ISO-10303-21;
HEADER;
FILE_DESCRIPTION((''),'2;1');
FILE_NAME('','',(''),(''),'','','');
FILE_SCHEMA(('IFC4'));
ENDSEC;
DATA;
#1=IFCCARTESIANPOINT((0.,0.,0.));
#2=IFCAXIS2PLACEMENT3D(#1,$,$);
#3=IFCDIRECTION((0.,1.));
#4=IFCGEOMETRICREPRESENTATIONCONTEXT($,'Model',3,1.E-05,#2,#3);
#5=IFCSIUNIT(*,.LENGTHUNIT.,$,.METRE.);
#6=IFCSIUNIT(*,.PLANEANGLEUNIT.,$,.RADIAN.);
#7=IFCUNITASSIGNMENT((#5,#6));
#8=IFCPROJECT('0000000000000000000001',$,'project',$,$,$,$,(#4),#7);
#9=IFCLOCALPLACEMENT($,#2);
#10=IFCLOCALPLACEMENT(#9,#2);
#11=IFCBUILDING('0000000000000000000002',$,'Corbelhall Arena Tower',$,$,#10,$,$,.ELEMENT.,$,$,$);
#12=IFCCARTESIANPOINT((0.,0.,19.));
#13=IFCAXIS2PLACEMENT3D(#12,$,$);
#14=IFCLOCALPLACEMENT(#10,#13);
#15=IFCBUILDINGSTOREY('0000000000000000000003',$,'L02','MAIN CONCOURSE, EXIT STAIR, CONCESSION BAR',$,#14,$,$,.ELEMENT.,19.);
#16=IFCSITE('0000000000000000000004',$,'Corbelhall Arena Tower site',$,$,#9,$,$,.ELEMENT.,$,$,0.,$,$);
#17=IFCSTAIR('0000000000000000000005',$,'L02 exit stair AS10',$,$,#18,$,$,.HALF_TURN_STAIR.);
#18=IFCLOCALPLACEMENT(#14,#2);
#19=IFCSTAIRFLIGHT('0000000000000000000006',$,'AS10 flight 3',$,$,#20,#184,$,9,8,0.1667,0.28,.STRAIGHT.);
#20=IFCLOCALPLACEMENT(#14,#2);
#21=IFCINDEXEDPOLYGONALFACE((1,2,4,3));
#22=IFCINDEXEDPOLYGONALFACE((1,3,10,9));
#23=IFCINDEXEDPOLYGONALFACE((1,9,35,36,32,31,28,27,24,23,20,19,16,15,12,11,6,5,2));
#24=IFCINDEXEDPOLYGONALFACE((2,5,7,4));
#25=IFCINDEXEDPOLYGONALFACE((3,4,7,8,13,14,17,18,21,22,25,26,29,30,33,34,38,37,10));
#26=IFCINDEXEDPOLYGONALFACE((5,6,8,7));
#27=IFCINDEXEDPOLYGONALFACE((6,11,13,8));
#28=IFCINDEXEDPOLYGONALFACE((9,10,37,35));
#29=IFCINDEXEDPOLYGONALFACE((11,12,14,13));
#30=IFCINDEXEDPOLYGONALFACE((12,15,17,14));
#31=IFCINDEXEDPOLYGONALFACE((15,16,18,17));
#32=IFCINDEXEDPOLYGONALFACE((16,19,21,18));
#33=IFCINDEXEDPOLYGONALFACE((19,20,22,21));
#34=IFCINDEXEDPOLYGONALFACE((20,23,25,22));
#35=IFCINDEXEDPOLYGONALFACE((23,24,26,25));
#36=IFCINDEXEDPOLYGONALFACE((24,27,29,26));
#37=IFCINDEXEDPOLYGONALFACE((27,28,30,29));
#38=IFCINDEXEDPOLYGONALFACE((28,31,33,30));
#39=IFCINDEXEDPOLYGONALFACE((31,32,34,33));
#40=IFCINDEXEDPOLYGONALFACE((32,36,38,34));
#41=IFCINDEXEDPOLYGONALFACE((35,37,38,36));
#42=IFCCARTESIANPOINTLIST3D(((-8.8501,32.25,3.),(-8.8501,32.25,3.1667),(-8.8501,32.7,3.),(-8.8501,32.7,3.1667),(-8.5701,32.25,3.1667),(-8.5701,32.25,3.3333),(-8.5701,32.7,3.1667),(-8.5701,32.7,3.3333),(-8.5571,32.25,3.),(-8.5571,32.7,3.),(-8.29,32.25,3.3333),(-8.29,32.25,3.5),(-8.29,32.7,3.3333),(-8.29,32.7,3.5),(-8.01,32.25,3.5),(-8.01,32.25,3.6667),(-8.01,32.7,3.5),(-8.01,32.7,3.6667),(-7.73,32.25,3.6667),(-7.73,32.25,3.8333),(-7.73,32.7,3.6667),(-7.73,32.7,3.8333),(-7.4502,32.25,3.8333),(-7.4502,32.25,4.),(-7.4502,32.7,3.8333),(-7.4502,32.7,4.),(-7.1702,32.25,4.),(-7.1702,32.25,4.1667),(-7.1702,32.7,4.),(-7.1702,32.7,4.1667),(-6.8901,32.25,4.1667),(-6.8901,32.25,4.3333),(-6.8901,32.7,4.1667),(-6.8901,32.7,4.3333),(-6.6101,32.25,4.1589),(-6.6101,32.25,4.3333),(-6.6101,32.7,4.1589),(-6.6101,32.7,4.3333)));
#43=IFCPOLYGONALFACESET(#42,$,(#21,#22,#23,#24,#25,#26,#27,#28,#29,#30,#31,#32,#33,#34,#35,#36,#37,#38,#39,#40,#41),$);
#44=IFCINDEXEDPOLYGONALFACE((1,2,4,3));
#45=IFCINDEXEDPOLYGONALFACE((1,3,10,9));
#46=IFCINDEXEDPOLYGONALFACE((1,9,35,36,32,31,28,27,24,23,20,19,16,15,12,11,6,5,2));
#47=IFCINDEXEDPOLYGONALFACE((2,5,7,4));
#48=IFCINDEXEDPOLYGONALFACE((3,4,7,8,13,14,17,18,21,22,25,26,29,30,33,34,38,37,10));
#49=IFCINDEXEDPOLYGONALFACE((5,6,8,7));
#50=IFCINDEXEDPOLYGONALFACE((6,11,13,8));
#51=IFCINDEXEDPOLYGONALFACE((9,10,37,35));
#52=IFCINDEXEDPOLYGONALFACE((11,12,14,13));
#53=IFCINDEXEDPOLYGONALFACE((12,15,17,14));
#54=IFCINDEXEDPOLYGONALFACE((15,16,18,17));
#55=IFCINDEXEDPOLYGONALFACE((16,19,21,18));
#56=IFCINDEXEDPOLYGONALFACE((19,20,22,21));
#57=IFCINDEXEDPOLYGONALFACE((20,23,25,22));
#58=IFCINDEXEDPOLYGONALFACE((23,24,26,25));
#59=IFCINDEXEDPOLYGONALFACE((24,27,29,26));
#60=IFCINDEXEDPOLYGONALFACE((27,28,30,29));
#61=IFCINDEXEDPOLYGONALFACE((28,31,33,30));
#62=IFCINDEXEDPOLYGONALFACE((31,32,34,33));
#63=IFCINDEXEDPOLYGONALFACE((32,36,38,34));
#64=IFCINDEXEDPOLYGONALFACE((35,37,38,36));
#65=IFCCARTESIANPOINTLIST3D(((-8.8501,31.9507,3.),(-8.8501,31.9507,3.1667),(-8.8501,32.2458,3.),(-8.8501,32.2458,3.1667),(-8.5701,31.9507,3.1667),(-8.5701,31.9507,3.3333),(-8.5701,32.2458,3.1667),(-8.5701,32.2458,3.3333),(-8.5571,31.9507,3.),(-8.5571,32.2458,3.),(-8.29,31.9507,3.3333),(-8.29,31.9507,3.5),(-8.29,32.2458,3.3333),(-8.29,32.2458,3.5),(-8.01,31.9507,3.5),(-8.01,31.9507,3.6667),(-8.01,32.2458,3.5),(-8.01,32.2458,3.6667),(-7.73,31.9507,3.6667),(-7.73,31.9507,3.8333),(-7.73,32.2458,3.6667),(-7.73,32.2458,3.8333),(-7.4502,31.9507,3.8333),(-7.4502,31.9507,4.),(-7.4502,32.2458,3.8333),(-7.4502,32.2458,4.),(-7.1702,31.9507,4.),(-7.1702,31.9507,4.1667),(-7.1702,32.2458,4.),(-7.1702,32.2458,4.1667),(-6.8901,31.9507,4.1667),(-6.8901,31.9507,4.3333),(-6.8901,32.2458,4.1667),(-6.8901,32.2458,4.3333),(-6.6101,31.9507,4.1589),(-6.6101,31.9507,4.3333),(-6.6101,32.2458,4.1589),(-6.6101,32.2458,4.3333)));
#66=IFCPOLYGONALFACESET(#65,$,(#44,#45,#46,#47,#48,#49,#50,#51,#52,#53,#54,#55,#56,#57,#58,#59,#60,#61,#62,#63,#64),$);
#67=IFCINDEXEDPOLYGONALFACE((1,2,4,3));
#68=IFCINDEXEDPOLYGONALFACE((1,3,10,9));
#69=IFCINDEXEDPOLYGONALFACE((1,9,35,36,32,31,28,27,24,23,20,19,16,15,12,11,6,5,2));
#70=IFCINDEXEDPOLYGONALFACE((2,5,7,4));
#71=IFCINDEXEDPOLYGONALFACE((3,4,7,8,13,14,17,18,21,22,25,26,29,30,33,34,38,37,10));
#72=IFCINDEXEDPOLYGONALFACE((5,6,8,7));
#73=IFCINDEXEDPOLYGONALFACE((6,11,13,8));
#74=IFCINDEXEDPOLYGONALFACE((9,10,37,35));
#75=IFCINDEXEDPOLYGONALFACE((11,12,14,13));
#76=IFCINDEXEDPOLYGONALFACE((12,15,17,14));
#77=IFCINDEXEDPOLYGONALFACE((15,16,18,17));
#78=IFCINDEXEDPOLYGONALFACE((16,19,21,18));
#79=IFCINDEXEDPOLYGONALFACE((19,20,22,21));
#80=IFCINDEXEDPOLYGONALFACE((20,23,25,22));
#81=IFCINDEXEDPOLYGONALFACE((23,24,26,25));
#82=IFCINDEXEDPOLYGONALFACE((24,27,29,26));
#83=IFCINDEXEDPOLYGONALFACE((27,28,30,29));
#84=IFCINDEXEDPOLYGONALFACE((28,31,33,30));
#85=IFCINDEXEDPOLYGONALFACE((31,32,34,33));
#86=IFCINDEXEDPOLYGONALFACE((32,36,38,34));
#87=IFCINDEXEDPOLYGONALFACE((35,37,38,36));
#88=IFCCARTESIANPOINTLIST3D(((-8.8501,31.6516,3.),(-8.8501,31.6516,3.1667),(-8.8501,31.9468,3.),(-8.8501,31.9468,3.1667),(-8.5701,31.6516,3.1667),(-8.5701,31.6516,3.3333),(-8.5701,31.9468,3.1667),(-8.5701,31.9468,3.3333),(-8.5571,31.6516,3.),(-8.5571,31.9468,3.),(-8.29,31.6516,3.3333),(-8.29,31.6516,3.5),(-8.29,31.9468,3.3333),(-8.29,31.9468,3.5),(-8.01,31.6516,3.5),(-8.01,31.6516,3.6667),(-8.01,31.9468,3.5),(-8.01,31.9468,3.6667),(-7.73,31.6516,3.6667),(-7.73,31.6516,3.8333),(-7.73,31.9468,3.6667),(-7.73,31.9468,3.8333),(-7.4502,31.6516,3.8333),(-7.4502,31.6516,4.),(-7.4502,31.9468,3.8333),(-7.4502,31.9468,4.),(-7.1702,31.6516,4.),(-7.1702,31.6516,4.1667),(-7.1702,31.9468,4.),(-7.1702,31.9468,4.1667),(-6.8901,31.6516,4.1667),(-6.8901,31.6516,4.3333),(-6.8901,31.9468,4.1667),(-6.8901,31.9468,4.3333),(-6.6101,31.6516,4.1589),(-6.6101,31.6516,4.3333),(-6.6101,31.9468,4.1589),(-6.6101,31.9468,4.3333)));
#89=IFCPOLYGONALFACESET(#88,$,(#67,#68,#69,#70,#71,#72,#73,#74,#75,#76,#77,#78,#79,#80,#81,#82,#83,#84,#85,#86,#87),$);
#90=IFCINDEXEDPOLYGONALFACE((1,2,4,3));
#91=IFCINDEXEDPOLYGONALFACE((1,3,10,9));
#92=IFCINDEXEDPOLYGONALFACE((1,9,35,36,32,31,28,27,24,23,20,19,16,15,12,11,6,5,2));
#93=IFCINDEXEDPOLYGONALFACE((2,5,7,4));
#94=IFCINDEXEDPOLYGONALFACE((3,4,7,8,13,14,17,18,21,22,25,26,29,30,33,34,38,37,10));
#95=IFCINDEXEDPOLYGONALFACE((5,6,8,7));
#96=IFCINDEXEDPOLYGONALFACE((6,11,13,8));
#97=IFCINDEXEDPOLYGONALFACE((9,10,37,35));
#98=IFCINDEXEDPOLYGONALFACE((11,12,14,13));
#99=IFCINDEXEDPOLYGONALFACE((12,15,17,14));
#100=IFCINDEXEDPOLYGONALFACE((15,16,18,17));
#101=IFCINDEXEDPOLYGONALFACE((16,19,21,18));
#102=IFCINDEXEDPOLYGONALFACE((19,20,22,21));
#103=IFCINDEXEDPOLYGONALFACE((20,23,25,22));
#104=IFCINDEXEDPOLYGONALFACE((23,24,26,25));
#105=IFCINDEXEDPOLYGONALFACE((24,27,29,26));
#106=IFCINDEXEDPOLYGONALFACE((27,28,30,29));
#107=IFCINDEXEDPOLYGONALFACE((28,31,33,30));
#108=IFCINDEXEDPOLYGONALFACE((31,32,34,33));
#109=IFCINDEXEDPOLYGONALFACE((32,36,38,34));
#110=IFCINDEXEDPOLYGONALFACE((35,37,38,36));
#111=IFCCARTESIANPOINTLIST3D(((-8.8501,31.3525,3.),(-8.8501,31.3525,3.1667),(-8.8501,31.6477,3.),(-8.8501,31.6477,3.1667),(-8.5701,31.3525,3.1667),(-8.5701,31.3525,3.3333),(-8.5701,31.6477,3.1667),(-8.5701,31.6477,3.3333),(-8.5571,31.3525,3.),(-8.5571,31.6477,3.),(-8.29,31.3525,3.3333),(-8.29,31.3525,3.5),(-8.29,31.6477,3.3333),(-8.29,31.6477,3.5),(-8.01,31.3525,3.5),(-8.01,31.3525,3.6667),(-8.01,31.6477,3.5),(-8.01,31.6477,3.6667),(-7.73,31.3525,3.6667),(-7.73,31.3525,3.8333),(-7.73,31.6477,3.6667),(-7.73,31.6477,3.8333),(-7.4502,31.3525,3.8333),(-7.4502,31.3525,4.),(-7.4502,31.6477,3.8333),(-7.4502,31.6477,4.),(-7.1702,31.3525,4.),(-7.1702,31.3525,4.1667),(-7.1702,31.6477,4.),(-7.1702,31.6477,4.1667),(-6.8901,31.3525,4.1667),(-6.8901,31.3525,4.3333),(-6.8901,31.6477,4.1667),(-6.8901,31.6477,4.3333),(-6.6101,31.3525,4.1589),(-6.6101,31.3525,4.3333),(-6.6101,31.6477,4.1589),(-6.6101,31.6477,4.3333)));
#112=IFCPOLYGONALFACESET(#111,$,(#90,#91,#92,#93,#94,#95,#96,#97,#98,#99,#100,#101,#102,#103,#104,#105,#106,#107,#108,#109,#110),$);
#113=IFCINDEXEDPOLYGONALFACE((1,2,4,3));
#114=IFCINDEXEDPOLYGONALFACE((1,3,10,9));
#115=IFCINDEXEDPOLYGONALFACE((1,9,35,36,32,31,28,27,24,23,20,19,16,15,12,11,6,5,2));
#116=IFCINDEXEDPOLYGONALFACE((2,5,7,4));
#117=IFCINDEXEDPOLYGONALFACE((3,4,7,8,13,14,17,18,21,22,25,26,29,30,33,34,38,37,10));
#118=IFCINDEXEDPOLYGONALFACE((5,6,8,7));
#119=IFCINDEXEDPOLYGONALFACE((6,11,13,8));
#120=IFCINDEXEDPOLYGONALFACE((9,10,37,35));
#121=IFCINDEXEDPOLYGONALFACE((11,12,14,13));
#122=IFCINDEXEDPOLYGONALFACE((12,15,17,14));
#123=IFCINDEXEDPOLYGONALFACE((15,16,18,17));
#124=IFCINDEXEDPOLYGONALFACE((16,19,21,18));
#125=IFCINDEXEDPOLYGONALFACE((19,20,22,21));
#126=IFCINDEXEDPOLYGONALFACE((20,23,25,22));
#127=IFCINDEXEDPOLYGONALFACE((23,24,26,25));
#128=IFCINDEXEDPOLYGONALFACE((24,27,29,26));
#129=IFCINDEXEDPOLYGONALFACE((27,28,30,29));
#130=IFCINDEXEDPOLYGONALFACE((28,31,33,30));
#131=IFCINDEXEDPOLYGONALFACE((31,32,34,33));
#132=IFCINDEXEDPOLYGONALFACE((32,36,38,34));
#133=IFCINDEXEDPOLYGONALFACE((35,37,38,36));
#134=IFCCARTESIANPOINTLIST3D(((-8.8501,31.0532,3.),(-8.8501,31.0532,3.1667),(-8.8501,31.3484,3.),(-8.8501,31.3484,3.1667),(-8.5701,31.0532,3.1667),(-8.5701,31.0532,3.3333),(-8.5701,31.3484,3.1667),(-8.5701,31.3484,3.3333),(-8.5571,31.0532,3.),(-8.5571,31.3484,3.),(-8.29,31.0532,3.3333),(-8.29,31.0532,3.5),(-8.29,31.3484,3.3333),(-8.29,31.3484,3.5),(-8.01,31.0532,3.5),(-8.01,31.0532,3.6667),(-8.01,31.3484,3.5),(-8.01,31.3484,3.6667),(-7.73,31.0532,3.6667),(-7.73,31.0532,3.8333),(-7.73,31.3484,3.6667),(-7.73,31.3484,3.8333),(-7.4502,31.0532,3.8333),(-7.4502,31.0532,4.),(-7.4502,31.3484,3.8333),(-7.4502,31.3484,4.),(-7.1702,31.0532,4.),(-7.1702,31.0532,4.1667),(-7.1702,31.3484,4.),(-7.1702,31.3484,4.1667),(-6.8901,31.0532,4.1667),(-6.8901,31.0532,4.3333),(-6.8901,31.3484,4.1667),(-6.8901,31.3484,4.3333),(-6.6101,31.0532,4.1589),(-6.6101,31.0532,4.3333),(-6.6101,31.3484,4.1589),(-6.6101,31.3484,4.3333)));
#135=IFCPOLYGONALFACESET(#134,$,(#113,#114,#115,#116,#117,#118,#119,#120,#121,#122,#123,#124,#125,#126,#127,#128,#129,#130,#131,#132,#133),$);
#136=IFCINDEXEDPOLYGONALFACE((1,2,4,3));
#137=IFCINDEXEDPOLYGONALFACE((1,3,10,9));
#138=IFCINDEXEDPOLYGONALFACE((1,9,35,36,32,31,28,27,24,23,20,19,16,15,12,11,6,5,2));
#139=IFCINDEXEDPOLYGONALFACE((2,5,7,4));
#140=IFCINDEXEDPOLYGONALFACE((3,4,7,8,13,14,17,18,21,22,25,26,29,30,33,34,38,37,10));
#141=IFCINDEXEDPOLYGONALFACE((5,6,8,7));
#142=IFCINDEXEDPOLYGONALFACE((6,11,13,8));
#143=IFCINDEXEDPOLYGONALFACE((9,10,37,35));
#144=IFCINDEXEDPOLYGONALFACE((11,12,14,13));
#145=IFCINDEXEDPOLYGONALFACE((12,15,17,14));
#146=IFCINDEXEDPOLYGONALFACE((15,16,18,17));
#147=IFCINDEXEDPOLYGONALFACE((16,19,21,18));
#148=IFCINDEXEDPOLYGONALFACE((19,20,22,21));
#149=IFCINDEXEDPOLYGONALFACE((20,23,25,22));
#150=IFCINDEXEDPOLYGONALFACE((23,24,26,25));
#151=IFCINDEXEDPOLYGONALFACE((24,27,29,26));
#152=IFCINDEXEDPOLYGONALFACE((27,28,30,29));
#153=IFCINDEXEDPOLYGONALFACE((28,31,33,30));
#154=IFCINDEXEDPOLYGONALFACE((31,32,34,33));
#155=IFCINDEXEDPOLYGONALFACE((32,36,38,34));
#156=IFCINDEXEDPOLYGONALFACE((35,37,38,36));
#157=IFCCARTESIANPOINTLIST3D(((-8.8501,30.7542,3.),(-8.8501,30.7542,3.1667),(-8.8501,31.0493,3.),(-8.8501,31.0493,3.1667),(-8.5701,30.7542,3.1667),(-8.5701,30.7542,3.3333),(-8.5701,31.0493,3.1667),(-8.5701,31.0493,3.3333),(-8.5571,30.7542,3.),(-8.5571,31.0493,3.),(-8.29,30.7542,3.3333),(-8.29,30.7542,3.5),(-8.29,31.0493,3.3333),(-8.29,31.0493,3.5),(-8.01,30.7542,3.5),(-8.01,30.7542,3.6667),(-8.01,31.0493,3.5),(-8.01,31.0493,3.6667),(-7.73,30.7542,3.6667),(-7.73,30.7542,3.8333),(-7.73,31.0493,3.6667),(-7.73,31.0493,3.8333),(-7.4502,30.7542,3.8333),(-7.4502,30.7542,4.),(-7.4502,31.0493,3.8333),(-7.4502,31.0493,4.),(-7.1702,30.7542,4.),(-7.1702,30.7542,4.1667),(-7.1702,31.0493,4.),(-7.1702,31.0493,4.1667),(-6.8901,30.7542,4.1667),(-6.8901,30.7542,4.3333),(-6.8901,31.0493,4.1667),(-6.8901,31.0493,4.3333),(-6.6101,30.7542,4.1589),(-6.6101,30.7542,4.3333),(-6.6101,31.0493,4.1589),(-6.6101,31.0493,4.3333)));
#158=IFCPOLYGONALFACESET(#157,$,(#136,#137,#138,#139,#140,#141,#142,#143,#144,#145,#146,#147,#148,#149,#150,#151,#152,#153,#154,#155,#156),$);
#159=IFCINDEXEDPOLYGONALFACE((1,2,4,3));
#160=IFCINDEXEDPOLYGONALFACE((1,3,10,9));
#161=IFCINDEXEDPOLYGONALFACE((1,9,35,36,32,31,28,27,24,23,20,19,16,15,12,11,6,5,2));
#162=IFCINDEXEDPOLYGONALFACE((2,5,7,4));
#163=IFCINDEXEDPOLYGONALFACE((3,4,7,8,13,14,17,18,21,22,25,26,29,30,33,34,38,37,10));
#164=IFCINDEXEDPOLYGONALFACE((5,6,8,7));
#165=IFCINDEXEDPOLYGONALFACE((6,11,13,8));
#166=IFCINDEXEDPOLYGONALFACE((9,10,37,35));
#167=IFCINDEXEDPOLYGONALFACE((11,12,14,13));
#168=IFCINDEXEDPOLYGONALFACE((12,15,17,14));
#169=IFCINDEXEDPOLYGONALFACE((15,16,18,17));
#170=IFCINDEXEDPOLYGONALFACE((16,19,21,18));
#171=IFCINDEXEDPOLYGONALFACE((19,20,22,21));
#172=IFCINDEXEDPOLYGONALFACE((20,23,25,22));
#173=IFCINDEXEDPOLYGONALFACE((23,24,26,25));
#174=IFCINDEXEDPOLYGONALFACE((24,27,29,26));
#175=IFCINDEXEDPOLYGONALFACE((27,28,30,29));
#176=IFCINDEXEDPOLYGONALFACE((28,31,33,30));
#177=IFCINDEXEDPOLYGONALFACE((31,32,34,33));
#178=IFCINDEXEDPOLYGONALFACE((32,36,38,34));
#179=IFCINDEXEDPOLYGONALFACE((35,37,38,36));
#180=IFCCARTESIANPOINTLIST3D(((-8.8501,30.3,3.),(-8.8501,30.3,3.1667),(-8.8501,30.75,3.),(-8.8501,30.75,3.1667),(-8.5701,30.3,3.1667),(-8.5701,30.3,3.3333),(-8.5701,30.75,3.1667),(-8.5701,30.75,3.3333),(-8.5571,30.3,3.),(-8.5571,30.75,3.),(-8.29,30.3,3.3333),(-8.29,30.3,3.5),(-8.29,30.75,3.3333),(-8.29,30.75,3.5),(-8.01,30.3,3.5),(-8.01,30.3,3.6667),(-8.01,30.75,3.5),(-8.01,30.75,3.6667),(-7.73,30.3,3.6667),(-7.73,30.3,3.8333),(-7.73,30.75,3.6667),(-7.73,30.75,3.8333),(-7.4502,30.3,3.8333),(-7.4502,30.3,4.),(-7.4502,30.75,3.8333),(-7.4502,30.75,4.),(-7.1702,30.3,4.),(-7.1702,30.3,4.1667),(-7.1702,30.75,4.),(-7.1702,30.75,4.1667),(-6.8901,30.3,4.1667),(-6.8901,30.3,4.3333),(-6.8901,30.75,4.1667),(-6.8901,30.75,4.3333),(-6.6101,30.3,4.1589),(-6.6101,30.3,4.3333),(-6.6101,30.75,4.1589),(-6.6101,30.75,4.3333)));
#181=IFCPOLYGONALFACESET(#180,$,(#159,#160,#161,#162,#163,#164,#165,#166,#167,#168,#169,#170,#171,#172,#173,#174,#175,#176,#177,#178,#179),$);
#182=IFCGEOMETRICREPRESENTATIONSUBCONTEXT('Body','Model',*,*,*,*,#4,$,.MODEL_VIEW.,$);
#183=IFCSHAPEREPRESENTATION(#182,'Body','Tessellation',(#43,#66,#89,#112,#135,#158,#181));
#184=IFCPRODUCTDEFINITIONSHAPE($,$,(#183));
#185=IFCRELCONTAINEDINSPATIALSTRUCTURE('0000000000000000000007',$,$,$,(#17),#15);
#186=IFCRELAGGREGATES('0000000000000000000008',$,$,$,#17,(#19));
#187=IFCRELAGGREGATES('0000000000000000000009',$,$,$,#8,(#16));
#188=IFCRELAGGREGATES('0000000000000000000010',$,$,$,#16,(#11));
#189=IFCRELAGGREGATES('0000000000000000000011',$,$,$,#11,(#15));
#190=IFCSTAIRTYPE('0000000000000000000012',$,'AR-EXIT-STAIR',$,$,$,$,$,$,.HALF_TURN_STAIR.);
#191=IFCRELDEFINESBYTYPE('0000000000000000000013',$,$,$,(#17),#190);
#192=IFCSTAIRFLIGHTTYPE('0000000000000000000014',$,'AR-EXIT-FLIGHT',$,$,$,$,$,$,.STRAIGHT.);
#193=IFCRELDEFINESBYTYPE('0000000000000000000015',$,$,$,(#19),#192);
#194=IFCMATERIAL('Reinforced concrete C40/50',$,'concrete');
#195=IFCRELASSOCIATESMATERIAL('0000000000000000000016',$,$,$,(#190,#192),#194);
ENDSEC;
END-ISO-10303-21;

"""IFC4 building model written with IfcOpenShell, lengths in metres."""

from ifc_helpers import new_model, si_unit, direction, frame, origin, place, context, subcontext, project, spatial, polyline, outline, extrude, material, type_object, element, aggregate, save


model = new_model("IFC4")

# Units and contexts
model_context = context("Model", 3, precision=1e-05, world=origin(), true_north=direction((0.0, 1.0)))
body_context = subcontext(model_context, "Body", "Model", "MODEL_VIEW")
ifc_project = project(units=[si_unit("LENGTHUNIT", "METRE"), si_unit("PLANEANGLEUNIT", "RADIAN")], contexts=[model_context])

# Site, building, storey
site_placement = place(None, origin())
site = spatial("IfcSite", under=ifc_project, at=site_placement, Name="Corbelhall Arena Tower site", CompositionType="ELEMENT", RefElevation=0.0)
building_placement = place(site_placement, origin())
building = spatial("IfcBuilding", under=site, at=building_placement, Name="Corbelhall Arena Tower", CompositionType="ELEMENT")
storey_placement = place(building_placement, frame((0.0, 0.0, 19.0)))
storey = spatial("IfcBuildingStorey", under=building, at=storey_placement, Name="L02", Description="MAIN CONCOURSE, EXIT STAIR, CONCESSION BAR", CompositionType="ELEMENT", Elevation=19.0)

# Shared definitions
ifc_material_1 = material(Name="Reinforced concrete C40/50", Category="concrete")

# Stair, stair flight
stair_type = type_object("IfcStairType", Name="AR-EXIT-STAIR", PredefinedType="HALF_TURN_STAIR", material=ifc_material_1)
stair_flight_type = type_object("IfcStairFlightType", Name="AR-EXIT-FLIGHT", PredefinedType="STRAIGHT", material=ifc_material_1)
stair_1_placement = place(storey_placement, origin())
stair_1 = element("IfcStair", 1, at=stair_1_placement, inside=storey, type_object=stair_type, Name="L02 exit stair AS10", PredefinedType="HALF_TURN_STAIR")
stair_flight_1_placement = place(storey_placement, frame((-8.8501, 31.5, 3.0), z_axis=(0.0, 0.0, 1.0), x_axis=(1.0, 0.0, 0.0)))
stair_flight_1 = element("IfcStairFlight", 2, at=stair_flight_1_placement, type_object=stair_flight_type, Name="AS10 flight 3", NumberOfRisers=9, NumberOfTreads=8, PredefinedType="STRAIGHT", RiserHeight=0.1667, TreadLength=0.28, context=body_context, shape_type="SweptSolid", body=[
    extrude(outline(polyline([(0.0, 0.0), (0.0, 0.1667), (0.28, 0.1667), (0.28, 0.3333), (0.5601, 0.3333), (0.5601, 0.5), (0.8401, 0.5), (0.8401, 0.6667), (1.1201, 0.6667), (1.1201, 0.8333), (1.3999, 0.8333), (1.3999, 1.0), (1.6799, 1.0), (1.6799, 1.1667), (1.96, 1.1667), (1.96, 1.3333), (2.24, 1.3333), (2.24, 1.5), (2.24, 1.1589), (0.293, 0.0), (0.0, 0.0)])), frame((0.0, 1.2, 0.0), z_axis=(0.0, -1.0, 0.0), x_axis=(1.0, 0.0, 0.0)), (0.0, 0.0, 1.0), 0.45),
    extrude(outline(polyline([(0.0, 0.0), (0.0, 0.1667), (0.28, 0.1667), (0.28, 0.3333), (0.5601, 0.3333), (0.5601, 0.5), (0.8401, 0.5), (0.8401, 0.6667), (1.1201, 0.6667), (1.1201, 0.8333), (1.3999, 0.8333), (1.3999, 1.0), (1.6799, 1.0), (1.6799, 1.1667), (1.96, 1.1667), (1.96, 1.3333), (2.24, 1.3333), (2.24, 1.5), (2.24, 1.1589), (0.293, 0.0), (0.0, 0.0)])), frame((0.0, 0.7458, 0.0), z_axis=(0.0, -1.0, 0.0), x_axis=(1.0, 0.0, 0.0)), (0.0, 0.0, 1.0), 0.2952),
    extrude(outline(polyline([(0.0, 0.0), (0.0, 0.1667), (0.28, 0.1667), (0.28, 0.3333), (0.5601, 0.3333), (0.5601, 0.5), (0.8401, 0.5), (0.8401, 0.6667), (1.1201, 0.6667), (1.1201, 0.8333), (1.3999, 0.8333), (1.3999, 1.0), (1.6799, 1.0), (1.6799, 1.1667), (1.96, 1.1667), (1.96, 1.3333), (2.24, 1.3333), (2.24, 1.5), (2.24, 1.1589), (0.293, 0.0), (0.0, 0.0)])), frame((0.0, 0.4468, 0.0), z_axis=(0.0, -1.0, 0.0), x_axis=(1.0, 0.0, 0.0)), (0.0, 0.0, 1.0), 0.2952),
    extrude(outline(polyline([(0.0, 0.0), (0.0, 0.1667), (0.28, 0.1667), (0.28, 0.3333), (0.5601, 0.3333), (0.5601, 0.5), (0.8401, 0.5), (0.8401, 0.6667), (1.1201, 0.6667), (1.1201, 0.8333), (1.3999, 0.8333), (1.3999, 1.0), (1.6799, 1.0), (1.6799, 1.1667), (1.96, 1.1667), (1.96, 1.3333), (2.24, 1.3333), (2.24, 1.5), (2.24, 1.1589), (0.293, 0.0), (0.0, 0.0)])), frame((0.0, 0.1477, 0.0), z_axis=(0.0, -1.0, 0.0), x_axis=(1.0, 0.0, 0.0)), (0.0, 0.0, 1.0), 0.2952),
    extrude(outline(polyline([(0.0, 0.0), (0.0, 0.1667), (0.28, 0.1667), (0.28, 0.3333), (0.5601, 0.3333), (0.5601, 0.5), (0.8401, 0.5), (0.8401, 0.6667), (1.1201, 0.6667), (1.1201, 0.8333), (1.3999, 0.8333), (1.3999, 1.0), (1.6799, 1.0), (1.6799, 1.1667), (1.96, 1.1667), (1.96, 1.3333), (2.24, 1.3333), (2.24, 1.5), (2.24, 1.1589), (0.293, 0.0), (0.0, 0.0)])), frame((0.0, -0.1516, 0.0), z_axis=(0.0, -1.0, 0.0), x_axis=(1.0, 0.0, 0.0)), (0.0, 0.0, 1.0), 0.2952),
    extrude(outline(polyline([(0.0, 0.0), (0.0, 0.1667), (0.28, 0.1667), (0.28, 0.3333), (0.5601, 0.3333), (0.5601, 0.5), (0.8401, 0.5), (0.8401, 0.6667), (1.1201, 0.6667), (1.1201, 0.8333), (1.3999, 0.8333), (1.3999, 1.0), (1.6799, 1.0), (1.6799, 1.1667), (1.96, 1.1667), (1.96, 1.3333), (2.24, 1.3333), (2.24, 1.5), (2.24, 1.1589), (0.293, 0.0), (0.0, 0.0)])), frame((0.0, -0.4507, 0.0), z_axis=(0.0, -1.0, 0.0), x_axis=(1.0, 0.0, 0.0)), (0.0, 0.0, 1.0), 0.2952),
    extrude(outline(polyline([(0.0, 0.0), (0.0, 0.1667), (0.28, 0.1667), (0.28, 0.3333), (0.5601, 0.3333), (0.5601, 0.5), (0.8401, 0.5), (0.8401, 0.6667), (1.1201, 0.6667), (1.1201, 0.8333), (1.3999, 0.8333), (1.3999, 1.0), (1.6799, 1.0), (1.6799, 1.1667), (1.96, 1.1667), (1.96, 1.3333), (2.24, 1.3333), (2.24, 1.5), (2.24, 1.1589), (0.293, 0.0), (0.0, 0.0)])), frame((0.0, -0.75, 0.0), z_axis=(0.0, -1.0, 0.0), x_axis=(1.0, 0.0, 0.0)), (0.0, 0.0, 1.0), 0.45),
])
aggregate(stair_1, [stair_flight_1])

save(model, "model.ifc")
